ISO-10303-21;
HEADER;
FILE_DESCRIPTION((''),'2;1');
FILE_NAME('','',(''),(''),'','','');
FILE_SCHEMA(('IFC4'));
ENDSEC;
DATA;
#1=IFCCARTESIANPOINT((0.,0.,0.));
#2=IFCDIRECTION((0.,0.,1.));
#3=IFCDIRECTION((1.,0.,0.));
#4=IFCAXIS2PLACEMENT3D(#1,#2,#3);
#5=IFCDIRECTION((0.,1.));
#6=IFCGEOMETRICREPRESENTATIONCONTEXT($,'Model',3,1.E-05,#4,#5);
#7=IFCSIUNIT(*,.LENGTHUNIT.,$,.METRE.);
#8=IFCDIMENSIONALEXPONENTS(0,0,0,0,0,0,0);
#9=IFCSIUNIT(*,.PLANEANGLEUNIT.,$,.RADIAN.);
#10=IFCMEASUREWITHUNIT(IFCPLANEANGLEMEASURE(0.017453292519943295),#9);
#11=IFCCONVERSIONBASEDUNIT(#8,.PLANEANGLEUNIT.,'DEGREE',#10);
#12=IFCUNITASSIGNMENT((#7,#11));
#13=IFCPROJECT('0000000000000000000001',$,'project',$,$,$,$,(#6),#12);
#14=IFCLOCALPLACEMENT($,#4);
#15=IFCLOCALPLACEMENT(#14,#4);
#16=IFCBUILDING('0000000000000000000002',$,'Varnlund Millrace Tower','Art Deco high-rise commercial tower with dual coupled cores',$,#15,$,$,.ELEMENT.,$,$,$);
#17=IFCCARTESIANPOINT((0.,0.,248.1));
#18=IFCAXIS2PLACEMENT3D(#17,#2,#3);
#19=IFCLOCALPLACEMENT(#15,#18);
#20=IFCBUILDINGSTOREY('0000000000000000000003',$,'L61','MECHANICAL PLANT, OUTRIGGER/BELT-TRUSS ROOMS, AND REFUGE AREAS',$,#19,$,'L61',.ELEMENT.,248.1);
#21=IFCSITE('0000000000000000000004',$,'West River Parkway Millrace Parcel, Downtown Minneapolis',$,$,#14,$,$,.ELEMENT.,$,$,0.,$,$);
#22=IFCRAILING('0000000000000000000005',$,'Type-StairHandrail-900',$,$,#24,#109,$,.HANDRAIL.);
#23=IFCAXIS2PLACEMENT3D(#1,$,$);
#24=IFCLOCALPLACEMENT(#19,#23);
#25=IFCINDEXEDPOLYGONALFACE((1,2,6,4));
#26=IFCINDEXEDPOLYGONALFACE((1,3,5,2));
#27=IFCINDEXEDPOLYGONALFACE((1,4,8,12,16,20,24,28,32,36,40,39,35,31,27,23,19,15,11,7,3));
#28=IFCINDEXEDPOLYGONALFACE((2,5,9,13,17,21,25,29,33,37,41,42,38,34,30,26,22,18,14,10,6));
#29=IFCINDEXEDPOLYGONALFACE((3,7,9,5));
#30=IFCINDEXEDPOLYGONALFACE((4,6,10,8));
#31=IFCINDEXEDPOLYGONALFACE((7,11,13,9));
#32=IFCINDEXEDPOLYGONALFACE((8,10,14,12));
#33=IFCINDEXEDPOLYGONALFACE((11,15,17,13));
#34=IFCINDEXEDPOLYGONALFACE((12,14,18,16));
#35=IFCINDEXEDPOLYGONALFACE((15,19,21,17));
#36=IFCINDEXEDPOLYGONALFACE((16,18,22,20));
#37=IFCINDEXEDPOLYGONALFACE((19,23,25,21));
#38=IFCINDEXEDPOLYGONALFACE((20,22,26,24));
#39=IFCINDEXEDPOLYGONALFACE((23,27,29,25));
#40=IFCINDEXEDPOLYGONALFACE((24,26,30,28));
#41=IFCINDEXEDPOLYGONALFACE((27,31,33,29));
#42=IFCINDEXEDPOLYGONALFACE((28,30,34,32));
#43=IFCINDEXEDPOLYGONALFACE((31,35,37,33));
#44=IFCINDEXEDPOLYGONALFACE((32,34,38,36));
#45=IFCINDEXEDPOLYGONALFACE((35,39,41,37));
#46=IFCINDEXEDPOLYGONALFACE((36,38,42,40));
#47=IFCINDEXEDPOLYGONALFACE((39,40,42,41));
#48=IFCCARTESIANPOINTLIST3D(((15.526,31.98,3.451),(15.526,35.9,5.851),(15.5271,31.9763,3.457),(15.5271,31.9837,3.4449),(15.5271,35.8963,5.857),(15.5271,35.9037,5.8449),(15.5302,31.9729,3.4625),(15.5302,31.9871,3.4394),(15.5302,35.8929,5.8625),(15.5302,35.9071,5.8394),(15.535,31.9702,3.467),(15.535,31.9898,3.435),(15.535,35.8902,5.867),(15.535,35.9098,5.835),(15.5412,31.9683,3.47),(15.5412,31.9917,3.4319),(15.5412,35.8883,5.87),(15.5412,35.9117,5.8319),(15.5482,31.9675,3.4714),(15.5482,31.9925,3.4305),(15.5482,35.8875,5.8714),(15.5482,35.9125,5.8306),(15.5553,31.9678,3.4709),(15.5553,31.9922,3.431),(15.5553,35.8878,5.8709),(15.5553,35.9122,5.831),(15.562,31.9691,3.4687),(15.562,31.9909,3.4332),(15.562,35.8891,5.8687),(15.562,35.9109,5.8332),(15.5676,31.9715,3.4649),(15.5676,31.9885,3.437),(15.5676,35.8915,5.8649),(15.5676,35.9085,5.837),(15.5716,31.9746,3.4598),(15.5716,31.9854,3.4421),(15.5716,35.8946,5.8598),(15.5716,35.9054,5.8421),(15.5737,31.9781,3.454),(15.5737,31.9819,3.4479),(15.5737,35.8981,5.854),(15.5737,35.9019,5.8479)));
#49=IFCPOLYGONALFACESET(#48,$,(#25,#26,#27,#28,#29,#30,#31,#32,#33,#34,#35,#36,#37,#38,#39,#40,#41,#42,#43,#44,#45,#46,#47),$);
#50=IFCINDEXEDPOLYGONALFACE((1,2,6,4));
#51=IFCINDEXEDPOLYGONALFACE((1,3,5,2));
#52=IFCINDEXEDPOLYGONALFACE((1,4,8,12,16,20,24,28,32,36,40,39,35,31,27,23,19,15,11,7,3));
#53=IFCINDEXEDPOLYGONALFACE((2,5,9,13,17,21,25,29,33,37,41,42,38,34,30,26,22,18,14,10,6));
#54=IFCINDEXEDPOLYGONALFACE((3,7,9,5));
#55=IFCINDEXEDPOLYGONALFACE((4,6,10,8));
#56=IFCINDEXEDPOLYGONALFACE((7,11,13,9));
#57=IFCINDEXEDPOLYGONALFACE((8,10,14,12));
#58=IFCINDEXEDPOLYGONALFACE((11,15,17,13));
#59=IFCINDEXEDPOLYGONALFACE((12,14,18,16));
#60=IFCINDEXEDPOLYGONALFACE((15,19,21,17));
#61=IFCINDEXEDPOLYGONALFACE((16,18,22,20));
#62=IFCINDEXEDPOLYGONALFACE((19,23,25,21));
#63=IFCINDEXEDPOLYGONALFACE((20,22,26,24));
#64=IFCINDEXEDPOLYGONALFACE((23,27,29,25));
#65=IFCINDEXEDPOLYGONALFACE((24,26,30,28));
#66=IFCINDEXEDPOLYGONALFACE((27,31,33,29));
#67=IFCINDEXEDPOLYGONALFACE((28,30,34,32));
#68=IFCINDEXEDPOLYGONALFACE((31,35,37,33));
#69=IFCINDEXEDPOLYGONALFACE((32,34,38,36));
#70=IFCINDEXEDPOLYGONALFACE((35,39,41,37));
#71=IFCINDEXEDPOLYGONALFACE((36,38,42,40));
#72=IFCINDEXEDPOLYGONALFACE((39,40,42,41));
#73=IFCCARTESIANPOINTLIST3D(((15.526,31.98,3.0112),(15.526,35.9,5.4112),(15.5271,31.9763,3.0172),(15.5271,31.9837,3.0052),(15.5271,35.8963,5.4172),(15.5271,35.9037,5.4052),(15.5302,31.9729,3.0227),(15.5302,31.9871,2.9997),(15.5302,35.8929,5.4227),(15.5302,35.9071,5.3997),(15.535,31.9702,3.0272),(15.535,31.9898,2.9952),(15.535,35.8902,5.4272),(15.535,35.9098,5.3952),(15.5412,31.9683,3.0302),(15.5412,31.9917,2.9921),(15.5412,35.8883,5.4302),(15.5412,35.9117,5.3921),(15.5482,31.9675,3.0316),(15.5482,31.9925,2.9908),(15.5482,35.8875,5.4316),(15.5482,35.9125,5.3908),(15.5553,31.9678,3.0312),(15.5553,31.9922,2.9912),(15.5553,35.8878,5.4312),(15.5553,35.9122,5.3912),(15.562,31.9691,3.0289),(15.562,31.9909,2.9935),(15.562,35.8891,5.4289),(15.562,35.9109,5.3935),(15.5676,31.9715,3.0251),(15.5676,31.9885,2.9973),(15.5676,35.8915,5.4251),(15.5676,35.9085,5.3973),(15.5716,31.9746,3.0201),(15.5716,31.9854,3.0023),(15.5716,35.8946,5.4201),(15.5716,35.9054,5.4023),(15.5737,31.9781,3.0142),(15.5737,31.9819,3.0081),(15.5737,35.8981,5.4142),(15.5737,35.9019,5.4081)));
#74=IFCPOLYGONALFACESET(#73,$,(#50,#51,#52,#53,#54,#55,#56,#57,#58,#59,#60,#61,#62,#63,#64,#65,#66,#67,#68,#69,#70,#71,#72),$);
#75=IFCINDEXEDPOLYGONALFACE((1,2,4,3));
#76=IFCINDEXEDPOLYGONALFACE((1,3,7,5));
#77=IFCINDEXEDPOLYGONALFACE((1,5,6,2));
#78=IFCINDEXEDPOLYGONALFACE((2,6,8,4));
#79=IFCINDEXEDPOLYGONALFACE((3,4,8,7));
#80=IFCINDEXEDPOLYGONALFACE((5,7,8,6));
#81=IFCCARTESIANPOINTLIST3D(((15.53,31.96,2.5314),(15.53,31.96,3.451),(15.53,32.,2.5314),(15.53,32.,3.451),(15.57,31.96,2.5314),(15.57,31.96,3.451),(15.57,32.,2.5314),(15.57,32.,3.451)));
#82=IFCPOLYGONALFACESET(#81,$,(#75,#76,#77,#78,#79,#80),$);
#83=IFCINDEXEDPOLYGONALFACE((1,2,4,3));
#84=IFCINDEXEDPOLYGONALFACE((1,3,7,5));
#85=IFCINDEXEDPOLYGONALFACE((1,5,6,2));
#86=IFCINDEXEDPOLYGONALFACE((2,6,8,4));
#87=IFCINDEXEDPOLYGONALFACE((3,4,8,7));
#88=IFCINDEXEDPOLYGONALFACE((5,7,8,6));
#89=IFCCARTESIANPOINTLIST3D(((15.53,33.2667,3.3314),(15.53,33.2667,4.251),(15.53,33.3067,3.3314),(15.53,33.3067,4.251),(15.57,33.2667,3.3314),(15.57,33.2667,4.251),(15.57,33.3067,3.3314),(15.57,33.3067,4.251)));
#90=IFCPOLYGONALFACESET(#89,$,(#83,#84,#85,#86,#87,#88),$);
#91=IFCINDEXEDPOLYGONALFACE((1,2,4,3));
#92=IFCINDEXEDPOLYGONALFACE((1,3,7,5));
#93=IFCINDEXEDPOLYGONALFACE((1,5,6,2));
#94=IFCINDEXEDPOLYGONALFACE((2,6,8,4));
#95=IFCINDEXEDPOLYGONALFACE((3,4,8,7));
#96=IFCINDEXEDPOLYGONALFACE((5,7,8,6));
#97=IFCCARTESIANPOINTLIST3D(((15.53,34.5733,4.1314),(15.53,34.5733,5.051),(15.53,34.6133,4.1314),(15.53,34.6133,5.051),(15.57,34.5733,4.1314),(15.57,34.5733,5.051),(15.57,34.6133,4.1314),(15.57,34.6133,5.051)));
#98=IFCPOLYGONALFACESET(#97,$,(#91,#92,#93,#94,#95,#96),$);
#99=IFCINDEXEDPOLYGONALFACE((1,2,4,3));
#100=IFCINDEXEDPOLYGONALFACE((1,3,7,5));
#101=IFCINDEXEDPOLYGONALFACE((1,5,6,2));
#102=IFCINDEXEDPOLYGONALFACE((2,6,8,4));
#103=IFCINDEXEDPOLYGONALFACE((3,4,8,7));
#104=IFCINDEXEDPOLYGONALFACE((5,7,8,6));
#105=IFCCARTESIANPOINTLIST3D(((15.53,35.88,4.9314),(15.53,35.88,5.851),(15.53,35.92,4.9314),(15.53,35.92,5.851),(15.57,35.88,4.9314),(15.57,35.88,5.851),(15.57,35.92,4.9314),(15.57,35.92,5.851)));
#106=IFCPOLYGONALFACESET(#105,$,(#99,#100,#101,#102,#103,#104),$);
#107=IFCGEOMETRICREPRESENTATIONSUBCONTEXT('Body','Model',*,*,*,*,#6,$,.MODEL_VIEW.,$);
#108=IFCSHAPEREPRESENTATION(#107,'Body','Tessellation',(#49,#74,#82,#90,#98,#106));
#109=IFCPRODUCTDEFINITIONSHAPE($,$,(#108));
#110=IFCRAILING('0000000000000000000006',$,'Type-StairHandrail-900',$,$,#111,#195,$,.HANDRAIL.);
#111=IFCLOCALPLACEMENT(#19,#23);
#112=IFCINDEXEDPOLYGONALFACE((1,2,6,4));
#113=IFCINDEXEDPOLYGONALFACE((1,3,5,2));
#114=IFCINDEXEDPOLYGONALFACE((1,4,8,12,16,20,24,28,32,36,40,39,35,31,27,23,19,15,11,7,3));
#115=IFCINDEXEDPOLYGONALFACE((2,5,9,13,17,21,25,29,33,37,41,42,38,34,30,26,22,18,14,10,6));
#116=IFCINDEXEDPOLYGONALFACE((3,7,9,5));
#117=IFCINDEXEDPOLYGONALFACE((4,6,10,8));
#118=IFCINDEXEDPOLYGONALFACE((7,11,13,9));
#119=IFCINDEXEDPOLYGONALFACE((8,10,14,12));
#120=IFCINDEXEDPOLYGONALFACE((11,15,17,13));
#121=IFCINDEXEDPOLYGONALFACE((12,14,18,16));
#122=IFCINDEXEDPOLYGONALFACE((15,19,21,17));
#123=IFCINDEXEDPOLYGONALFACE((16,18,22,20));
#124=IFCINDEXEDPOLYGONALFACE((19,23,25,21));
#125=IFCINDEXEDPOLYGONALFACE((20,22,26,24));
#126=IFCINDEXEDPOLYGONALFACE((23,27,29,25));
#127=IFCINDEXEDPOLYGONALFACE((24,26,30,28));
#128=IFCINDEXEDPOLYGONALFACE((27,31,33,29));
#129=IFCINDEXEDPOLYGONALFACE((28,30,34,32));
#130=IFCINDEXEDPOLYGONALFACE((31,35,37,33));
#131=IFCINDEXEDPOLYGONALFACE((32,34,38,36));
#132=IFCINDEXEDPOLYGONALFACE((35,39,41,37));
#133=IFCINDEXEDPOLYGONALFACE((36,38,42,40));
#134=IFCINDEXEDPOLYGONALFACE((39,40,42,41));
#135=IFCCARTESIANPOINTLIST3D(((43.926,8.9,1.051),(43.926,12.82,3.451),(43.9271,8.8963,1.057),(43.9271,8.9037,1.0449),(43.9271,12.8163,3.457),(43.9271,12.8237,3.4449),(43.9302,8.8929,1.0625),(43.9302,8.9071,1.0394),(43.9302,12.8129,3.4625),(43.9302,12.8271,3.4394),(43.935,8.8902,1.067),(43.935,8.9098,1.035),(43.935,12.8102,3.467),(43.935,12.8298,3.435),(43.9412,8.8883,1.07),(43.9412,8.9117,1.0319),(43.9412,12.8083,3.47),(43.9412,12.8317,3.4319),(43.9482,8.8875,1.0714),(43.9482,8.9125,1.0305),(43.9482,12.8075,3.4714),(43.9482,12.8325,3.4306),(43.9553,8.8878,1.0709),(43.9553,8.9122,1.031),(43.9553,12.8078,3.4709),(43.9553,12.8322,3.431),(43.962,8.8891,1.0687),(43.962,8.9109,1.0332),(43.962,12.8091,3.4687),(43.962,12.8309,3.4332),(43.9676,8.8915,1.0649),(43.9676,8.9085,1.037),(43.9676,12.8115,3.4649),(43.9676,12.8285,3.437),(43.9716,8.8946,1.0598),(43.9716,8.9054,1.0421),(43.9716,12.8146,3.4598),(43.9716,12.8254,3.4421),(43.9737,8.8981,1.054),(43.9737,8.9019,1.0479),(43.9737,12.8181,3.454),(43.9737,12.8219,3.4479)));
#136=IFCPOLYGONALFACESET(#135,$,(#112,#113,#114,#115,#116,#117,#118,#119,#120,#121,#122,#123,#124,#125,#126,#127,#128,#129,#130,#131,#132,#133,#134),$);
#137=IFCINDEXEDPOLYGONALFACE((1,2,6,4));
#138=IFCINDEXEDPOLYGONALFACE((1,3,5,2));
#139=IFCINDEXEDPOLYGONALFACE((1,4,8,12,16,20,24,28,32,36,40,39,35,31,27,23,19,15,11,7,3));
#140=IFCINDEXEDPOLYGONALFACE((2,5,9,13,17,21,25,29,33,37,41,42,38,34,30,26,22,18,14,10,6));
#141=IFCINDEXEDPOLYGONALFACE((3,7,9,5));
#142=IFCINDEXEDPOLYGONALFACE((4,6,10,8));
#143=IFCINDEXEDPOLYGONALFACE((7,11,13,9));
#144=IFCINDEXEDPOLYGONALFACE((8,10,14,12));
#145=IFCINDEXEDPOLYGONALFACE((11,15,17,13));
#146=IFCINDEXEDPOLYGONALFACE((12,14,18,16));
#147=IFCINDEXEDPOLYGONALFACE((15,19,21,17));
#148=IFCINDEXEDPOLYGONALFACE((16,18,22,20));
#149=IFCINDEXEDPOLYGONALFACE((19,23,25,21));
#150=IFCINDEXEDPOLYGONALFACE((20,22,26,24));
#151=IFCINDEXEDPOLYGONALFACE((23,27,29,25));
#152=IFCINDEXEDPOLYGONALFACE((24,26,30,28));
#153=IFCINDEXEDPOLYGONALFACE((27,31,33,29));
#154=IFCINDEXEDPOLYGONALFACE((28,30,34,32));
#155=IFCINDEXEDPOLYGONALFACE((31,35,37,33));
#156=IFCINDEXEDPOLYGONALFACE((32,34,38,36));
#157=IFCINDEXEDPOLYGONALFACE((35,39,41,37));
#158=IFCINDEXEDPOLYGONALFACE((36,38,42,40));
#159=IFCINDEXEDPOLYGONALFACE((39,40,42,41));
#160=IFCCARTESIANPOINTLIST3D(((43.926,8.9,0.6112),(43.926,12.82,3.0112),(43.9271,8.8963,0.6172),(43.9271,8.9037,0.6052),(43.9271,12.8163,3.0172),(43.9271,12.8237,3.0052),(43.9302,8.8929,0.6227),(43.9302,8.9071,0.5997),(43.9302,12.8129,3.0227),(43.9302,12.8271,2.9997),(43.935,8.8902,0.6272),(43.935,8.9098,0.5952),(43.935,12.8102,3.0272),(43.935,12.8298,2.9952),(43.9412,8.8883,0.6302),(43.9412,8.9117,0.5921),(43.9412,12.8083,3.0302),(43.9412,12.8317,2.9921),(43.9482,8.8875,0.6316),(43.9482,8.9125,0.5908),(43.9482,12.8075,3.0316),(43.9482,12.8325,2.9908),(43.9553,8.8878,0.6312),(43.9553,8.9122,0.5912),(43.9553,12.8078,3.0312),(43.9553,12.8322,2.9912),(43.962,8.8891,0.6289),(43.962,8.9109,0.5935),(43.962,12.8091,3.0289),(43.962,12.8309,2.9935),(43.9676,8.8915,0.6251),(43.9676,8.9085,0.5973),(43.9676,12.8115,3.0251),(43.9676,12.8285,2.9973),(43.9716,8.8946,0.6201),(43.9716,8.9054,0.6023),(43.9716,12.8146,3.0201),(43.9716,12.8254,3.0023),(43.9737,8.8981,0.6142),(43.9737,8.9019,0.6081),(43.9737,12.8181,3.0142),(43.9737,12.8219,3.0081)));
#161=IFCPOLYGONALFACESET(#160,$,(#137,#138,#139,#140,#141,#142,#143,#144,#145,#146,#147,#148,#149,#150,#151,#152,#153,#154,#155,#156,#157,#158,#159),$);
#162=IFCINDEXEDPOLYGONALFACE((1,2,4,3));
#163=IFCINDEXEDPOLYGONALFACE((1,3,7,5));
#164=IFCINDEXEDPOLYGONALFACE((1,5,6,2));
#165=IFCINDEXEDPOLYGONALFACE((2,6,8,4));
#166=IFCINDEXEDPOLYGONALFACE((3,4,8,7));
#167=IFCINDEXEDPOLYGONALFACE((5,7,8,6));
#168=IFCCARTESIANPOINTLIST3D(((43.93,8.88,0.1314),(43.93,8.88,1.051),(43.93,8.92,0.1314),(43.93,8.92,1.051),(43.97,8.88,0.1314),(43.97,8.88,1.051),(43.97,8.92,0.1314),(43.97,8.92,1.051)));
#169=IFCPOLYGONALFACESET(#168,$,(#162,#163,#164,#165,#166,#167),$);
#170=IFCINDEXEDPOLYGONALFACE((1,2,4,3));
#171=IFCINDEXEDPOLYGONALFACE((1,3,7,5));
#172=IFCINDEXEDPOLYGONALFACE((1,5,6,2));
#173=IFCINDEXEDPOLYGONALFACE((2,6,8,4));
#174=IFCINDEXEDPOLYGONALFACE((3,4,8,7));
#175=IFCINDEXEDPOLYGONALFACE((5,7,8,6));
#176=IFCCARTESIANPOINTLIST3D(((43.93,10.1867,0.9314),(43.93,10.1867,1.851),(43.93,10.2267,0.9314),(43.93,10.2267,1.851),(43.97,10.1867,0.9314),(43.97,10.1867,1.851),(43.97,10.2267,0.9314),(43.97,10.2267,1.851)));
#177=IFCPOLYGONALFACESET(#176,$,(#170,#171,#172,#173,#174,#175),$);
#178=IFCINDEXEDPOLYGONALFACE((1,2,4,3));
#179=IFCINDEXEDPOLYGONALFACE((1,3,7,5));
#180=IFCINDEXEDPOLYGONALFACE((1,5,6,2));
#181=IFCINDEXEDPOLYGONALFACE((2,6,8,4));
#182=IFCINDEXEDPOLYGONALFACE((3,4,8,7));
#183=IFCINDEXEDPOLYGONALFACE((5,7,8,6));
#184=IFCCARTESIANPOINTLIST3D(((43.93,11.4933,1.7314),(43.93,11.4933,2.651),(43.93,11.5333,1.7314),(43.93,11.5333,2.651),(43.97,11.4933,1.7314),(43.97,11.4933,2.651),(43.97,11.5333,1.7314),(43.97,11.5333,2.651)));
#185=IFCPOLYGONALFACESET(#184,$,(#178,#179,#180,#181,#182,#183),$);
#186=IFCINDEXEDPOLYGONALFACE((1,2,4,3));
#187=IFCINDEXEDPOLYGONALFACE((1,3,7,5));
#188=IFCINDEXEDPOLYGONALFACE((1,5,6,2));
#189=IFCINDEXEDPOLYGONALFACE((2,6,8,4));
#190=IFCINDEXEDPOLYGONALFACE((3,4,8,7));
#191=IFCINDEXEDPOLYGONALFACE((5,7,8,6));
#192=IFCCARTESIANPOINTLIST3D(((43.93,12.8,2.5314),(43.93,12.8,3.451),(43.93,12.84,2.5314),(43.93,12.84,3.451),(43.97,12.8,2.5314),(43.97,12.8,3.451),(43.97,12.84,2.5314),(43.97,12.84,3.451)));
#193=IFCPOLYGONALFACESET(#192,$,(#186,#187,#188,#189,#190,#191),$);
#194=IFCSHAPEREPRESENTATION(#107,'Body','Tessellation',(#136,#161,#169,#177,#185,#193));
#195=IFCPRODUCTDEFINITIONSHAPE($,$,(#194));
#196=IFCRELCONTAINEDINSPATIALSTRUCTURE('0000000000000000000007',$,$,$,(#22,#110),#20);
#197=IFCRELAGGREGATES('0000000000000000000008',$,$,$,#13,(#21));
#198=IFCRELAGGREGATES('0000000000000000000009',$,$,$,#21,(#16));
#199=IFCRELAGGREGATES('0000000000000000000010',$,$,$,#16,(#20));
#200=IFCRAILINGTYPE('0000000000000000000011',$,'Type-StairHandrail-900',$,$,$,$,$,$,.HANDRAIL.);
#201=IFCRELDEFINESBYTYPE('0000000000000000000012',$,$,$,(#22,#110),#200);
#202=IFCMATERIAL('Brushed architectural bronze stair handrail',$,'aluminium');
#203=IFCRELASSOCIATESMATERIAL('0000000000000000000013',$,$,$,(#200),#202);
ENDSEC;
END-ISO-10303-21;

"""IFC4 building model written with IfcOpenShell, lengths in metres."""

from ifc_helpers import new_model, entity, si_unit, converted_unit, direction, frame, origin_with_axes, origin_2d_with_axis, place, context, subcontext, project, spatial, rectangle, circle, extrude, material, type_object, element, save


model = new_model("IFC4")

# Units and contexts
model_context = context("Model", 3, precision=1e-05, world=origin_with_axes(), true_north=direction((0.0, 1.0)))
body_context = subcontext(model_context, "Body", "Model", "MODEL_VIEW")
ifc_project = project(units=[si_unit("LENGTHUNIT", "METRE"), converted_unit("PLANEANGLEUNIT", "DEGREE", entity("IfcPlaneAngleMeasure", 0.017453292519943295), si_unit("PLANEANGLEUNIT", "RADIAN"), dimensions=[0, 0, 0, 0, 0, 0, 0])], contexts=[model_context])

# Site, building, storey
site_placement = place(None, origin_with_axes())
site = spatial("IfcSite", under=ifc_project, at=site_placement, Name="West River Parkway Millrace Parcel, Downtown Minneapolis", CompositionType="ELEMENT", RefElevation=0.0)
building_placement = place(site_placement, origin_with_axes())
building = spatial("IfcBuilding", under=site, at=building_placement, Name="Varnlund Millrace Tower", Description="Art Deco high-rise commercial tower with dual coupled cores", CompositionType="ELEMENT")
storey_placement = place(building_placement, frame((0.0, 0.0, 248.1), z_axis=(0.0, 0.0, 1.0), x_axis=(1.0, 0.0, 0.0)))
storey = spatial("IfcBuildingStorey", under=building, at=storey_placement, Name="L61", Description="MECHANICAL PLANT, OUTRIGGER/BELT-TRUSS ROOMS, AND REFUGE AREAS", LongName="L61", CompositionType="ELEMENT", Elevation=248.1)

# Railings
ifc_material_1 = material(Name="Brushed architectural bronze stair handrail", Category="aluminium")
railing_type_1 = type_object("IfcRailingType", Name="Type-StairHandrail-900", PredefinedType="HANDRAIL", material=ifc_material_1)
railing_1_placement = place(storey_placement, frame((0.0, 0.0, -248.1), z_axis=(0.0, 0.0, 1.0), x_axis=(1.0, 0.0, 0.0)))
element("IfcRailing", 1, at=railing_1_placement, inside=storey, type_object=railing_type_1, Name="Type-StairHandrail-900", PredefinedType="HANDRAIL", context=body_context, shape_type="SweptSolid", body=[
    extrude(circle(Radius=0.024, at=origin_2d_with_axis()), frame((15.55, 31.98, 251.551), z_axis=(0.0, 0.852851, 0.522154), x_axis=(-1.0, 0.0, 0.0)), (0.0, 0.0, 1.0), 4.5963),
    extrude(circle(Radius=0.024, at=origin_2d_with_axis()), frame((15.55, 31.98, 251.1112), z_axis=(0.0, 0.852851, 0.522154), x_axis=(-1.0, 0.0, 0.0)), (0.0, 0.0, 1.0), 4.5963),
    extrude(rectangle(XDim=0.04, YDim=0.04, at=origin_2d_with_axis()), frame((15.55, 31.98, 250.6314), z_axis=(0.0, 0.0, 1.0), x_axis=(1.0, 0.0, 0.0)), (0.0, 0.0, 1.0), 0.9195),
    extrude(rectangle(XDim=0.04, YDim=0.04, at=origin_2d_with_axis()), frame((15.55, 33.2867, 251.4314), z_axis=(0.0, 0.0, 1.0), x_axis=(1.0, 0.0, 0.0)), (0.0, 0.0, 1.0), 0.9195),
    extrude(rectangle(XDim=0.04, YDim=0.04, at=origin_2d_with_axis()), frame((15.55, 34.5933, 252.2314), z_axis=(0.0, 0.0, 1.0), x_axis=(1.0, 0.0, 0.0)), (0.0, 0.0, 1.0), 0.9195),
    extrude(rectangle(XDim=0.04, YDim=0.04, at=origin_2d_with_axis()), frame((15.55, 35.9, 253.0314), z_axis=(0.0, 0.0, 1.0), x_axis=(1.0, 0.0, 0.0)), (0.0, 0.0, 1.0), 0.9195),
])
railing_2_placement = place(storey_placement, frame((0.0, 0.0, -248.1), z_axis=(0.0, 0.0, 1.0), x_axis=(1.0, 0.0, 0.0)))
element("IfcRailing", 2, at=railing_2_placement, inside=storey, type_object=railing_type_1, Name="Type-StairHandrail-900", PredefinedType="HANDRAIL", context=body_context, shape_type="SweptSolid", body=[
    extrude(circle(Radius=0.024, at=origin_2d_with_axis()), frame((43.95, 8.9, 249.151), z_axis=(0.0, 0.852851, 0.522154), x_axis=(-1.0, 0.0, 0.0)), (0.0, 0.0, 1.0), 4.5963),
    extrude(circle(Radius=0.024, at=origin_2d_with_axis()), frame((43.95, 8.9, 248.7112), z_axis=(0.0, 0.852851, 0.522154), x_axis=(-1.0, 0.0, 0.0)), (0.0, 0.0, 1.0), 4.5963),
    extrude(rectangle(XDim=0.04, YDim=0.04, at=origin_2d_with_axis()), frame((43.95, 8.9, 248.2314), z_axis=(0.0, 0.0, 1.0), x_axis=(1.0, 0.0, 0.0)), (0.0, 0.0, 1.0), 0.9195),
    extrude(rectangle(XDim=0.04, YDim=0.04, at=origin_2d_with_axis()), frame((43.95, 10.2067, 249.0314), z_axis=(0.0, 0.0, 1.0), x_axis=(1.0, 0.0, 0.0)), (0.0, 0.0, 1.0), 0.9195),
    extrude(rectangle(XDim=0.04, YDim=0.04, at=origin_2d_with_axis()), frame((43.95, 11.5133, 249.8314), z_axis=(0.0, 0.0, 1.0), x_axis=(1.0, 0.0, 0.0)), (0.0, 0.0, 1.0), 0.9195),
    extrude(rectangle(XDim=0.04, YDim=0.04, at=origin_2d_with_axis()), frame((43.95, 12.82, 250.6314), z_axis=(0.0, 0.0, 1.0), x_axis=(1.0, 0.0, 0.0)), (0.0, 0.0, 1.0), 0.9195),
])

save(model, "model.ifc")
